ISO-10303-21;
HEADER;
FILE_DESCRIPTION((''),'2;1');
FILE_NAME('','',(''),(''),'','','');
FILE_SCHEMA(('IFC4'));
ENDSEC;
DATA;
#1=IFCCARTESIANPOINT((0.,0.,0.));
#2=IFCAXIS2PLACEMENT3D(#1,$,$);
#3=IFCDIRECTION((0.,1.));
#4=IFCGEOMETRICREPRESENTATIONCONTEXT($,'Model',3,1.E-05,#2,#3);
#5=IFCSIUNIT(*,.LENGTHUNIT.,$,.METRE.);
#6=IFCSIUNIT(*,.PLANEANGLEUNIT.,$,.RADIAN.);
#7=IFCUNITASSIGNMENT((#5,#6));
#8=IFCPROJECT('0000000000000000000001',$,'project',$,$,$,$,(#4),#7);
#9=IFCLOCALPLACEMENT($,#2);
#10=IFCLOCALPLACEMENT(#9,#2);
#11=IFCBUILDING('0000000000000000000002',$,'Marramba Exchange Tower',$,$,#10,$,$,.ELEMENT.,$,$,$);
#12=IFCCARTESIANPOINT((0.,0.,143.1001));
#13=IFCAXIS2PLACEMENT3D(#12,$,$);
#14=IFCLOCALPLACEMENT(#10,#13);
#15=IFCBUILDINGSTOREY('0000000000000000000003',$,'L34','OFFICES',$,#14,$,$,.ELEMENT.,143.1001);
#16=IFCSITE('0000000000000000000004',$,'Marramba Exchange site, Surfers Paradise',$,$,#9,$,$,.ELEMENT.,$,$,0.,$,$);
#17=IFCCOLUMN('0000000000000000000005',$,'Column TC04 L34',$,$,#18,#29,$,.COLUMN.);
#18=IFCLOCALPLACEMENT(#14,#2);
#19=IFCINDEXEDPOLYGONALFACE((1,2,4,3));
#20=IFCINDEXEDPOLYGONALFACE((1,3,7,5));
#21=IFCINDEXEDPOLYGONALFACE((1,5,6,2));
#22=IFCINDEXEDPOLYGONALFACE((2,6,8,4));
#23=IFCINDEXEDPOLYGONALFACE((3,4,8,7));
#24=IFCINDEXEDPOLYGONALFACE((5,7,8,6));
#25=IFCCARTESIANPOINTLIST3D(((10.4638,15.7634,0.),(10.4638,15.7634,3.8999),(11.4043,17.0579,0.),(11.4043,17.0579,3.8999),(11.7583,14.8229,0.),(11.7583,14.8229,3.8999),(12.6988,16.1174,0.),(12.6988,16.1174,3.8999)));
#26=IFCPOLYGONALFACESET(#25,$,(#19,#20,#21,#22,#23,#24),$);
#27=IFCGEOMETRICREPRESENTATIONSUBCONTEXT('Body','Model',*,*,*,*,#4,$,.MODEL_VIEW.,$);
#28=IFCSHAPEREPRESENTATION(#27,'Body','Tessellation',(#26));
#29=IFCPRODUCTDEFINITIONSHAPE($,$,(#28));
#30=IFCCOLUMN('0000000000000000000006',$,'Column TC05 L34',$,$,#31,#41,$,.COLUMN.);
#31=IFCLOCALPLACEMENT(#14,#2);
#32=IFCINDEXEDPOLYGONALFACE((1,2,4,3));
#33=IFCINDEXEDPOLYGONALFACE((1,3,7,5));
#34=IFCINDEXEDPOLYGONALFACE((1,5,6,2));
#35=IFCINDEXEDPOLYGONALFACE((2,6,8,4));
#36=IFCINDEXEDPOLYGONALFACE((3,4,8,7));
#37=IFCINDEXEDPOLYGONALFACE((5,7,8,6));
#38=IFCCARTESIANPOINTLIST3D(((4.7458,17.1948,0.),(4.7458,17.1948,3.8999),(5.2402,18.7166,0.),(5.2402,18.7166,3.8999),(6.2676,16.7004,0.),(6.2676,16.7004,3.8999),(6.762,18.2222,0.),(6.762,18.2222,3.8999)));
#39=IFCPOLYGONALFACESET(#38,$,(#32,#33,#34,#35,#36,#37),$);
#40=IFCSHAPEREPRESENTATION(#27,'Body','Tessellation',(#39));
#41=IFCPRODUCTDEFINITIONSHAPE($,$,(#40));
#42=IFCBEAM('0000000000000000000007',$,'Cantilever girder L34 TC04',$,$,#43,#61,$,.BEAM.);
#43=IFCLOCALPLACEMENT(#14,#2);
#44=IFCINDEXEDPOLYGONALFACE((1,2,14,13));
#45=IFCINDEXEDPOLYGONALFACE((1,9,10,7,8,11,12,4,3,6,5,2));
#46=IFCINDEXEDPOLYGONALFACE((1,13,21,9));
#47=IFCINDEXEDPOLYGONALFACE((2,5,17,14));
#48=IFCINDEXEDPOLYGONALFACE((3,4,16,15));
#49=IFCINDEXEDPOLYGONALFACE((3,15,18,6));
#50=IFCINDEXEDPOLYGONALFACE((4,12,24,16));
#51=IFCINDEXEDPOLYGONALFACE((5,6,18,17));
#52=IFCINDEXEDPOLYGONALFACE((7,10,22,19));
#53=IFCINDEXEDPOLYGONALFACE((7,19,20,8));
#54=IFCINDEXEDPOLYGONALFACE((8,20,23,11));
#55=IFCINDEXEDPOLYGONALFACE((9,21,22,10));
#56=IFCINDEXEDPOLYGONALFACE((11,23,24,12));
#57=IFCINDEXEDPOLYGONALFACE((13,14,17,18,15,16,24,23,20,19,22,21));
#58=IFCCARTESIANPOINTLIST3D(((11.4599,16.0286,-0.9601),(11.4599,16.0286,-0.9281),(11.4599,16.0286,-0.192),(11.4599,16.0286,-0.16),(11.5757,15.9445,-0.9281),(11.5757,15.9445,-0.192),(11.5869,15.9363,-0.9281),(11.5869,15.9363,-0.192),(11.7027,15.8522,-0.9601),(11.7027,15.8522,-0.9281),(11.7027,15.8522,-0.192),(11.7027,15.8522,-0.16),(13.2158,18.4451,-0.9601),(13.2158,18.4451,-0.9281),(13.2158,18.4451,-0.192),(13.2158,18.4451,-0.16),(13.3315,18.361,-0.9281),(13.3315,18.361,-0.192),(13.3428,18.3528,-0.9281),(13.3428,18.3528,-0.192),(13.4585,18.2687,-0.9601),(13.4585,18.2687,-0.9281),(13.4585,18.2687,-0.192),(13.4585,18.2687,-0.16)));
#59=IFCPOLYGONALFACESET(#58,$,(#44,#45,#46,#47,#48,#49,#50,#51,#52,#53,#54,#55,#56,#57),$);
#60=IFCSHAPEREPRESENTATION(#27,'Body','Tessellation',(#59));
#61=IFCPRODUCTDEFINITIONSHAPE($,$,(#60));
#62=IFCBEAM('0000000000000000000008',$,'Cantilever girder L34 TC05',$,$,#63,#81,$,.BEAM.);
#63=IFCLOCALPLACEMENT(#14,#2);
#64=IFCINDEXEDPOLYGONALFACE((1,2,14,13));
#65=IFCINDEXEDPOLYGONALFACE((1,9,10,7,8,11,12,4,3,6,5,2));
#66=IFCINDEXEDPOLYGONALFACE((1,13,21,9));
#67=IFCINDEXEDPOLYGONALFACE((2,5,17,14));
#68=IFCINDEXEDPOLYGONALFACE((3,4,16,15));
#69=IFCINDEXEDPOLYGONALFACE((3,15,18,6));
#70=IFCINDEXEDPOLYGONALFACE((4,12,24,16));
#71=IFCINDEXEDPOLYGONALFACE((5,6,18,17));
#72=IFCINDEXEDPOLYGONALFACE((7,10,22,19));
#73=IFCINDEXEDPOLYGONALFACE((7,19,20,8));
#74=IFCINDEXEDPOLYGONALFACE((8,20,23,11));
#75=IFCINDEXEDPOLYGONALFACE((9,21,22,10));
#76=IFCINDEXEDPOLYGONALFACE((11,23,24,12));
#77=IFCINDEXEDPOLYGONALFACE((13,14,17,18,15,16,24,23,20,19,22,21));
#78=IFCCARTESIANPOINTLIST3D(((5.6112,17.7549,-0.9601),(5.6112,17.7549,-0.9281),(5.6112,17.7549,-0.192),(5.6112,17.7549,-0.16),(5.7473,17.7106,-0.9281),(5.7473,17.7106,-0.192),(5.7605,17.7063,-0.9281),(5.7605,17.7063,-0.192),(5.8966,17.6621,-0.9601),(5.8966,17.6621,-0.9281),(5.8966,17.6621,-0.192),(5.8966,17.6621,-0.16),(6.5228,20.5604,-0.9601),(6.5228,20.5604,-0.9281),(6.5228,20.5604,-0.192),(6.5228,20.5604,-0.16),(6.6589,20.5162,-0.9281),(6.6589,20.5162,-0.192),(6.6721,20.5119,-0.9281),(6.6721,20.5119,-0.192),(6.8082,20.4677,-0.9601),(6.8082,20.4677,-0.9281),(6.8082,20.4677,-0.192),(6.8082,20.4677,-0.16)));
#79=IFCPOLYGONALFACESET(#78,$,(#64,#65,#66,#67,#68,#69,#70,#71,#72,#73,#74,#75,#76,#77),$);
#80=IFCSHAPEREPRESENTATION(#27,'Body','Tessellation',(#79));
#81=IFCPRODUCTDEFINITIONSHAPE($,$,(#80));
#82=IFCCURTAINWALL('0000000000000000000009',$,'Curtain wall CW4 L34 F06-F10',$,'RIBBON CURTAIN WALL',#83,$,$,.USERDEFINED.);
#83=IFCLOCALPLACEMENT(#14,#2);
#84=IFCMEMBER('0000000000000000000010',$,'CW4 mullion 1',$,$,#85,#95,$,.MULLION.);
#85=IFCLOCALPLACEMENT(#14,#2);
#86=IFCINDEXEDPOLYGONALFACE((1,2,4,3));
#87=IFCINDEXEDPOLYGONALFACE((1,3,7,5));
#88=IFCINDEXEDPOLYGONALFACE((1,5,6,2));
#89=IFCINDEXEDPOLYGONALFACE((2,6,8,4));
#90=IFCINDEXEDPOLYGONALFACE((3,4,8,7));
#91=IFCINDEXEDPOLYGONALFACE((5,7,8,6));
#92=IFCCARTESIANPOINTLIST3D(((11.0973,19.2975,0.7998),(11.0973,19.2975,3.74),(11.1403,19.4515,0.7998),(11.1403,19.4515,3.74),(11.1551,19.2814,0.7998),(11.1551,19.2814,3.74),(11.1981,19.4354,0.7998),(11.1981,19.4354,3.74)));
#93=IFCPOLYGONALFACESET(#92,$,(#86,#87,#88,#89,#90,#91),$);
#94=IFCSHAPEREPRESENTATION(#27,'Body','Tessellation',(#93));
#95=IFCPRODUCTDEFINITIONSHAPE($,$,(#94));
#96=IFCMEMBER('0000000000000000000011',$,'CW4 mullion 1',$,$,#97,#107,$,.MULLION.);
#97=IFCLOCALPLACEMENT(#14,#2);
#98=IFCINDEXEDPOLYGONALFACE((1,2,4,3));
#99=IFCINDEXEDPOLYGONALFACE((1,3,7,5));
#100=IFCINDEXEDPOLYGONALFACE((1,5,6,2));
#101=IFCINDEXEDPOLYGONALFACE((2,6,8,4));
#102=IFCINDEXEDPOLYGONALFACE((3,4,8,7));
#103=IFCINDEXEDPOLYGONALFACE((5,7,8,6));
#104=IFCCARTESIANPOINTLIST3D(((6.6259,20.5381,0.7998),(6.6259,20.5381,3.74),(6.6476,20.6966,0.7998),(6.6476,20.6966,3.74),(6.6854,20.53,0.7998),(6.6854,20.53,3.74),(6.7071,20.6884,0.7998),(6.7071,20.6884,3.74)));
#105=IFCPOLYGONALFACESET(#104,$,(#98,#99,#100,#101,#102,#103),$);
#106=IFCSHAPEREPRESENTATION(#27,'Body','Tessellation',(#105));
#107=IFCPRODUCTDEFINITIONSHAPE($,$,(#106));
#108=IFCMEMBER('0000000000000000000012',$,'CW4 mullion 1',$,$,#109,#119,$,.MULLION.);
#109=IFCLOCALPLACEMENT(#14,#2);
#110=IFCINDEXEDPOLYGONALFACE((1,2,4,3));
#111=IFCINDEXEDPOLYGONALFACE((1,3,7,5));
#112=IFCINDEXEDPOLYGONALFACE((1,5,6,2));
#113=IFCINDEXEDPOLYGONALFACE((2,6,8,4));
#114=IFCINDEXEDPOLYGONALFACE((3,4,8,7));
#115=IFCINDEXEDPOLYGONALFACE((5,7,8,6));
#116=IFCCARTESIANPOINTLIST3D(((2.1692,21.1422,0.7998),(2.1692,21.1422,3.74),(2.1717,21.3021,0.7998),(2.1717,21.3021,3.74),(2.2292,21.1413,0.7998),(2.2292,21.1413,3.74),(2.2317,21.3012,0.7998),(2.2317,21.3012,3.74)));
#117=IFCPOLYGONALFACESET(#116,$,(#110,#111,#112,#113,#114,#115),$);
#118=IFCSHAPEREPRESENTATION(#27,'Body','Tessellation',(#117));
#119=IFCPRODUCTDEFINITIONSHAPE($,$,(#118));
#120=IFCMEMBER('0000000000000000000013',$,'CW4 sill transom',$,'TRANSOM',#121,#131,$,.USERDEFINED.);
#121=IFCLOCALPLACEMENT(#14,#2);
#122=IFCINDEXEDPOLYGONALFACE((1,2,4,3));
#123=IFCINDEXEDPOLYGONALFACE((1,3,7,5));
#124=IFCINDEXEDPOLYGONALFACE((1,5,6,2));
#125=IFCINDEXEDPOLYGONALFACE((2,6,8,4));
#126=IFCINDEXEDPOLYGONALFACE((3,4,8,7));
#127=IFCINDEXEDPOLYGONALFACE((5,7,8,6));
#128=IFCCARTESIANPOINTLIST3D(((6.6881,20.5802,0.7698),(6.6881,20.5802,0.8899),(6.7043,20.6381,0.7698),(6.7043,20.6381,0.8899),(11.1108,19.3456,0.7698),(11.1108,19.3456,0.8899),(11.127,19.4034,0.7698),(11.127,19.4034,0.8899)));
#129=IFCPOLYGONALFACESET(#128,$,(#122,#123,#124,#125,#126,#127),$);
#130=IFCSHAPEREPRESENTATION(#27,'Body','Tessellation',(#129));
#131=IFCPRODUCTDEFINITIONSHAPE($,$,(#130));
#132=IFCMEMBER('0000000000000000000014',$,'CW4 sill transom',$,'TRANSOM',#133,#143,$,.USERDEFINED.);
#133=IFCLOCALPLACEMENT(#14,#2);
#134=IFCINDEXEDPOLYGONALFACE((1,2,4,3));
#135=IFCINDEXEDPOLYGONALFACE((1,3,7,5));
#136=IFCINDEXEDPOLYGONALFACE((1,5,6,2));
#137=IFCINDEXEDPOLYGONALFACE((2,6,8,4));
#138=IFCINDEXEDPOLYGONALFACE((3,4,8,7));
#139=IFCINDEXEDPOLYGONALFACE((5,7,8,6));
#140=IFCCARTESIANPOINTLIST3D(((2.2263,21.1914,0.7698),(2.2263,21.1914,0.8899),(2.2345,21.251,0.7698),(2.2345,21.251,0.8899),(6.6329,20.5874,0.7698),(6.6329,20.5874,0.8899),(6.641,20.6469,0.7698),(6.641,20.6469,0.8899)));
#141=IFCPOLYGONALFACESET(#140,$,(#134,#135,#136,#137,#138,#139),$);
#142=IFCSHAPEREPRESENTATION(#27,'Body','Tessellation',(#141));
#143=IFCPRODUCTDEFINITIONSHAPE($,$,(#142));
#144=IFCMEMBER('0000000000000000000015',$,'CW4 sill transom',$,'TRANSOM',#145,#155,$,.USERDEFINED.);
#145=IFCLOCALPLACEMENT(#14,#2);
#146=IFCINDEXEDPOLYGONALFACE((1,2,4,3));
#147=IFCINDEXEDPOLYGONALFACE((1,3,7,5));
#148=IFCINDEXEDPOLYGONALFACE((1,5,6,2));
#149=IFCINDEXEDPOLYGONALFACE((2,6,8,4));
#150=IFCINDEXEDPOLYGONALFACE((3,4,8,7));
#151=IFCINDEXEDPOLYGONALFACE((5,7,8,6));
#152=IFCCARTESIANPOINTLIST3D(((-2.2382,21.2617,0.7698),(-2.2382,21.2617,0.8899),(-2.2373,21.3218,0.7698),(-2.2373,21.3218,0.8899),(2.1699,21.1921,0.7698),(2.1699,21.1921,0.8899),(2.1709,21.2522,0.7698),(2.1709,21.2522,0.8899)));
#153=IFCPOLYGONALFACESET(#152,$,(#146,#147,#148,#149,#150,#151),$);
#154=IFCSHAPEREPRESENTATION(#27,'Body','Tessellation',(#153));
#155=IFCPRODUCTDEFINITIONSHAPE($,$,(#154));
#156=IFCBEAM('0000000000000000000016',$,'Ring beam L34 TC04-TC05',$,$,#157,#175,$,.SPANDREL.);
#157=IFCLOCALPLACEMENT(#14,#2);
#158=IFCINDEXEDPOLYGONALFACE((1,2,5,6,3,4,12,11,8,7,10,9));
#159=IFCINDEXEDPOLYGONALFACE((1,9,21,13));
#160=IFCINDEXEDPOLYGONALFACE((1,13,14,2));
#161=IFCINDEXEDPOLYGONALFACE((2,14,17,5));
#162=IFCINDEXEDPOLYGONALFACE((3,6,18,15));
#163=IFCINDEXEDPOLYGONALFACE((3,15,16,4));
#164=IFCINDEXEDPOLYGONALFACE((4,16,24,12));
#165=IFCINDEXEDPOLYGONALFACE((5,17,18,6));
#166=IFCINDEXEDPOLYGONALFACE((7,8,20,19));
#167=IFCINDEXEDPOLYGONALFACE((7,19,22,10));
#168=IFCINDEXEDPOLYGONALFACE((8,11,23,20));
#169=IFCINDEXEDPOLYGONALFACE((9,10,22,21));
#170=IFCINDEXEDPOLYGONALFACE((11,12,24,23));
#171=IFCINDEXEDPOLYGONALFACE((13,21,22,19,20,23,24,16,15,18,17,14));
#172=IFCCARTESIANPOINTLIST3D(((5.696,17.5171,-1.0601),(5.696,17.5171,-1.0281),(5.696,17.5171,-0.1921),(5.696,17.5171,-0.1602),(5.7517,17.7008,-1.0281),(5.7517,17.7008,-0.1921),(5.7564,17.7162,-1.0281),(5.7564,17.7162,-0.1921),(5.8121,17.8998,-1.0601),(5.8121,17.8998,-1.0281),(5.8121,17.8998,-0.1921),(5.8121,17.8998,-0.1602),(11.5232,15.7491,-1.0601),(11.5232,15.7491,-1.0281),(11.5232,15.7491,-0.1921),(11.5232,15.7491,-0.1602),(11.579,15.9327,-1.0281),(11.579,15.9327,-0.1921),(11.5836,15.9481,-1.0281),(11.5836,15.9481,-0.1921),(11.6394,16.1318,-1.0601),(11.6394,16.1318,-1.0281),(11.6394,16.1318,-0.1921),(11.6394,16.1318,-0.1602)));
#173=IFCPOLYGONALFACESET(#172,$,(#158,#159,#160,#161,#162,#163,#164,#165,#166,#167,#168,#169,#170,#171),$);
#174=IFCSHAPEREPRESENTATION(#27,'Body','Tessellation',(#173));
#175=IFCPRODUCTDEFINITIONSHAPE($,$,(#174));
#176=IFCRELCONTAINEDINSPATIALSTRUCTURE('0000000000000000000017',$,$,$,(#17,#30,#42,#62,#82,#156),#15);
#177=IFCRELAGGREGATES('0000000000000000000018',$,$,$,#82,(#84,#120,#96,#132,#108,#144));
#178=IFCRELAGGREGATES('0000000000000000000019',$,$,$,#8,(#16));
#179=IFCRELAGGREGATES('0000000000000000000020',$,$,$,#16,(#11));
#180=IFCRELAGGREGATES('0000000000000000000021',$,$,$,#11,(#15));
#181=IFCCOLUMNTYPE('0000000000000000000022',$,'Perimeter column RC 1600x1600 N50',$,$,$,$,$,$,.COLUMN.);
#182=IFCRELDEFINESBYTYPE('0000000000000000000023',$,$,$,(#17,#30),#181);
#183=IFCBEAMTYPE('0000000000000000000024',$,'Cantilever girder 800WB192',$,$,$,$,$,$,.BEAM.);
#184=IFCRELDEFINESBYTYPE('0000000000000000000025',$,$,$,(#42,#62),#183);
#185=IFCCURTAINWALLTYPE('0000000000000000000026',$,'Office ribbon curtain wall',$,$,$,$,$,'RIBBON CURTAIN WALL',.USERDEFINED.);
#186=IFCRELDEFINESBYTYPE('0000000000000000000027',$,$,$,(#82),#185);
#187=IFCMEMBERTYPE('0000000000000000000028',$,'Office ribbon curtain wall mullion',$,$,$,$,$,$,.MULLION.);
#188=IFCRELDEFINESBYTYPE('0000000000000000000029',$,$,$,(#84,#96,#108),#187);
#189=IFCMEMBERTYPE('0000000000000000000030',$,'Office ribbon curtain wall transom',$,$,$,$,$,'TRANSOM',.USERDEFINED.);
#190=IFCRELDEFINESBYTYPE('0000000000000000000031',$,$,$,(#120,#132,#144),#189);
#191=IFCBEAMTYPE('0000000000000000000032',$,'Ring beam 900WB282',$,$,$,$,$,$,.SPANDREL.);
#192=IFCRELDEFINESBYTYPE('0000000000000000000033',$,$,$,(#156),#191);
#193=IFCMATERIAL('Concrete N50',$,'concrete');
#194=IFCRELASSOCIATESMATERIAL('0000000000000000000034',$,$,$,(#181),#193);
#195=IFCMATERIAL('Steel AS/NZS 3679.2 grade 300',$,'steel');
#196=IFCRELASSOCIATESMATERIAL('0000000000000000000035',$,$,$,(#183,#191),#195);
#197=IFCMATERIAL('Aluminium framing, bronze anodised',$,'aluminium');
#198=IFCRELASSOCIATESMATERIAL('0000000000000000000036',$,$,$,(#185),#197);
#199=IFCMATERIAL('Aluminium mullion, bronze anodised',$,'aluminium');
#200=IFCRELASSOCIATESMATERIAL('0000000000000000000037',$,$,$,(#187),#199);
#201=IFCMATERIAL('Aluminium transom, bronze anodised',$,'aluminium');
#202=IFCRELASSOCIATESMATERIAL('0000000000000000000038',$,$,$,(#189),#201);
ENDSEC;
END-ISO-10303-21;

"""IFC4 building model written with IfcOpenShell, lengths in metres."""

from ifc_helpers import new_model, si_unit, direction, frame, origin, origin_2d, place, context, subcontext, project, spatial, rectangle, i_section, extrude, material, material_profile, profile_set, type_object, element, aggregate, save


model = new_model("IFC4")

# Units and contexts
model_context = context("Model", 3, precision=1e-05, world=origin(), true_north=direction((0.0, 1.0)))
body_context = subcontext(model_context, "Body", "Model", "MODEL_VIEW")
ifc_project = project(units=[si_unit("LENGTHUNIT", "METRE"), si_unit("PLANEANGLEUNIT", "RADIAN")], contexts=[model_context])

# Site, building, storey
site_placement = place(None, origin())
site = spatial("IfcSite", under=ifc_project, at=site_placement, Name="Marramba Exchange site, Surfers Paradise", CompositionType="ELEMENT", RefElevation=0.0)
building_placement = place(site_placement, origin())
building = spatial("IfcBuilding", under=site, at=building_placement, Name="Marramba Exchange Tower", CompositionType="ELEMENT")
storey_placement = place(building_placement, frame((0.0, 0.0, 143.1001)))
storey = spatial("IfcBuildingStorey", under=building, at=storey_placement, Name="L34", Description="OFFICES", CompositionType="ELEMENT", Elevation=143.1001)

# Columns
ifc_material_1 = material(Name="Concrete N50", Category="concrete")
ifc_material_profile_1 = material_profile(ifc_material_1, rectangle(XDim=1.6001, YDim=1.6001, at=origin_2d()), Name="RC 1600x1600")
ifc_profile_set_1 = profile_set([ifc_material_profile_1], Name="Concrete N50")
column_type = type_object("IfcColumnType", Name="Perimeter column RC 1600x1600 N50", PredefinedType="COLUMN", material=ifc_profile_set_1)
for number, where, z_axis, x_axis, name in (
    (1, (11.5813, 15.9404, 0.0), (0.0, 0.0, 1.0), (0.587785, 0.809017, 0.0), "Column TC04 L34"),
    (2, (5.7539, 17.7085, 0.0), (0.0, 0.0, 1.0), (0.309017, 0.951057, 0.0), "Column TC05 L34"),
):
    element("IfcColumn", number, at=place(storey_placement, frame(where, z_axis=z_axis, x_axis=x_axis)), inside=storey, type_object=column_type, Name=name, PredefinedType="COLUMN", context=body_context, shape_type="SweptSolid", body=[
        extrude(rectangle(XDim=1.6001, YDim=1.6001, at=origin_2d()), origin(), (0.0, 0.0, 1.0), 3.8999),
    ])

# Beams
ifc_material_2 = material(Name="Steel AS/NZS 3679.2 grade 300", Category="steel")
ifc_material_profile_2 = material_profile(ifc_material_2, i_section(OverallWidth=0.3, OverallDepth=0.8, WebThickness=0.0139, FlangeThickness=0.032, at=origin_2d()), Name="800WB192")
ifc_profile_set_2 = profile_set([ifc_material_profile_2], Name="Steel AS/NZS 3679.2 grade 300")
beam_type_1 = type_object("IfcBeamType", Name="Cantilever girder 800WB192", PredefinedType="BEAM", material=ifc_profile_set_2)
beam_1_placement = place(storey_placement, frame((11.5813, 15.9404, -0.5601), z_axis=(0.587822, 0.80899, 0.0), x_axis=(-0.80899, 0.587822, 0.0)))
element("IfcBeam", 3, at=beam_1_placement, inside=storey, type_object=beam_type_1, Name="Cantilever girder L34 TC04", PredefinedType="BEAM", context=body_context, shape_type="SweptSolid", body=[
    extrude(i_section(OverallWidth=0.3, OverallDepth=0.8, WebThickness=0.0139, FlangeThickness=0.032, at=origin_2d()), origin(), (0.0, 0.0, 1.0), 2.9871),
])
beam_2_placement = place(storey_placement, frame((5.7539, 17.7085, -0.5601), z_axis=(0.309019, 0.951056, 0.0), x_axis=(-0.951056, 0.309019, 0.0)))
element("IfcBeam", 4, at=beam_2_placement, inside=storey, type_object=beam_type_1, Name="Cantilever girder L34 TC05", PredefinedType="BEAM", context=body_context, shape_type="SweptSolid", body=[
    extrude(i_section(OverallWidth=0.3, OverallDepth=0.8, WebThickness=0.0139, FlangeThickness=0.032, at=origin_2d()), origin(), (0.0, 0.0, 1.0), 2.95),
])

# Curtain wall, members
ifc_material_3 = material(Name="Aluminium framing, bronze anodised", Category="aluminium")
curtain_wall_type = type_object("IfcCurtainWallType", Name="Office ribbon curtain wall", ElementType="RIBBON CURTAIN WALL", PredefinedType="USERDEFINED", material=ifc_material_3)
curtain_wall_placement = place(storey_placement, origin())
curtain_wall = element("IfcCurtainWall", 5, at=curtain_wall_placement, inside=storey, type_object=curtain_wall_type, Name="Curtain wall CW4 L34 F06-F10", ObjectType="RIBBON CURTAIN WALL", PredefinedType="USERDEFINED")
ifc_material_4 = material(Name="Aluminium mullion, bronze anodised", Category="aluminium")
ifc_material_profile_3 = material_profile(ifc_material_4, rectangle(XDim=0.1599, YDim=0.0601, at=origin_2d()), Name="CW4 mullion 60x160")
ifc_profile_set_3 = profile_set([ifc_material_profile_3], Name="Aluminium mullion, bronze anodised")
member_type_1 = type_object("IfcMemberType", Name="Office ribbon curtain wall mullion", PredefinedType="MULLION", material=ifc_profile_set_3)
member_1_placement = place(storey_placement, frame((11.1477, 19.3665, 0.7998), z_axis=(0.0, 0.0, 1.0), x_axis=(-0.268865, -0.963178, 0.0)))
member_1 = element("IfcMember", 6, at=member_1_placement, type_object=member_type_1, Name="CW4 mullion 1", PredefinedType="MULLION", context=body_context, shape_type="SweptSolid", body=[
    extrude(rectangle(XDim=0.1599, YDim=0.0601, at=origin_2d()), origin(), (0.0, 0.0, 1.0), 2.9402),
])
member_2_placement = place(storey_placement, frame((6.6665, 20.6133, 0.7998), z_axis=(0.0, 0.0, 1.0), x_axis=(-0.135786, -0.990738, 0.0)))
member_2 = element("IfcMember", 7, at=member_2_placement, type_object=member_type_1, Name="CW4 mullion 1", PredefinedType="MULLION", context=body_context, shape_type="SweptSolid", body=[
    extrude(rectangle(XDim=0.1599, YDim=0.0601, at=origin_2d()), origin(), (0.0, 0.0, 1.0), 2.9402),
])
member_3_placement = place(storey_placement, frame((2.2004, 21.2217, 0.7998), z_axis=(0.0, 0.0, 1.0), x_axis=(-0.015756, -0.999876, 0.0)))
member_3 = element("IfcMember", 8, at=member_3_placement, type_object=member_type_1, Name="CW4 mullion 1", PredefinedType="MULLION", context=body_context, shape_type="SweptSolid", body=[
    extrude(rectangle(XDim=0.1599, YDim=0.0601, at=origin_2d()), origin(), (0.0, 0.0, 1.0), 2.9402),
])
ifc_material_5 = material(Name="Aluminium transom, bronze anodised", Category="aluminium")
ifc_material_profile_4 = material_profile(ifc_material_5, rectangle(XDim=0.0601, YDim=0.1201, at=origin_2d()), Name="CW4 transom 60x120")
ifc_profile_set_4 = profile_set([ifc_material_profile_4], Name="Aluminium transom, bronze anodised")
member_type_2 = type_object("IfcMemberType", Name="Office ribbon curtain wall transom", ElementType="TRANSOM", PredefinedType="USERDEFINED", material=ifc_profile_set_4)
member_4_placement = place(storey_placement, frame((11.1189, 19.3745, 0.8298), z_axis=(-0.963174, 0.26888, 0.0), x_axis=(-0.26888, -0.963174, 0.0)))
member_4 = element("IfcMember", 9, at=member_4_placement, type_object=member_type_2, Name="CW4 sill transom", ObjectType="TRANSOM", PredefinedType="USERDEFINED", context=body_context, shape_type="SweptSolid", body=[
    extrude(rectangle(XDim=0.0601, YDim=0.1201, at=origin_2d()), origin(), (0.0, 0.0, 1.0), 4.5918),
])
member_5_placement = place(storey_placement, frame((6.637, 20.6172, 0.8298), z_axis=(-0.990736, 0.135801, 0.0), x_axis=(-0.135801, -0.990736, 0.0)))
member_5 = element("IfcMember", 10, at=member_5_placement, type_object=member_type_2, Name="CW4 sill transom", ObjectType="TRANSOM", PredefinedType="USERDEFINED", context=body_context, shape_type="SweptSolid", body=[
    extrude(rectangle(XDim=0.0601, YDim=0.1201, at=origin_2d()), origin(), (0.0, 0.0, 1.0), 4.4478),
])
member_6_placement = place(storey_placement, frame((2.1704, 21.2222, 0.8298), z_axis=(-0.999875, 0.015782, 0.0), x_axis=(-0.015782, -0.999875, 0.0)))
member_6 = element("IfcMember", 11, at=member_6_placement, type_object=member_type_2, Name="CW4 sill transom", ObjectType="TRANSOM", PredefinedType="USERDEFINED", context=body_context, shape_type="SweptSolid", body=[
    extrude(rectangle(XDim=0.0601, YDim=0.1201, at=origin_2d()), origin(), (0.0, 0.0, 1.0), 4.4087),
])

# Beam
ifc_material_profile_5 = material_profile(ifc_material_2, i_section(OverallWidth=0.3999, OverallDepth=0.8999, WebThickness=0.0161, FlangeThickness=0.032, at=origin_2d()), Name="900WB282")
ifc_profile_set_5 = profile_set([ifc_material_profile_5], Name="Steel AS/NZS 3679.2 grade 300")
beam_type_2 = type_object("IfcBeamType", Name="Ring beam 900WB282", PredefinedType="SPANDREL", material=ifc_profile_set_5)
beam_3_placement = place(storey_placement, frame((11.5813, 15.9404, -0.6101), z_axis=(-0.956925, 0.290337, 0.0), x_axis=(-0.290337, -0.956925, 0.0)))
element("IfcBeam", 12, at=beam_3_placement, inside=storey, type_object=beam_type_2, Name="Ring beam L34 TC04-TC05", PredefinedType="SPANDREL", context=body_context, shape_type="SweptSolid", body=[
    extrude(i_section(OverallWidth=0.3999, OverallDepth=0.8999, WebThickness=0.0161, FlangeThickness=0.032, at=origin_2d()), origin(), (0.0, 0.0, 1.0), 6.0896),
])

aggregate(curtain_wall, [member_1, member_4, member_2, member_5, member_3, member_6])

save(model, "model.ifc")
